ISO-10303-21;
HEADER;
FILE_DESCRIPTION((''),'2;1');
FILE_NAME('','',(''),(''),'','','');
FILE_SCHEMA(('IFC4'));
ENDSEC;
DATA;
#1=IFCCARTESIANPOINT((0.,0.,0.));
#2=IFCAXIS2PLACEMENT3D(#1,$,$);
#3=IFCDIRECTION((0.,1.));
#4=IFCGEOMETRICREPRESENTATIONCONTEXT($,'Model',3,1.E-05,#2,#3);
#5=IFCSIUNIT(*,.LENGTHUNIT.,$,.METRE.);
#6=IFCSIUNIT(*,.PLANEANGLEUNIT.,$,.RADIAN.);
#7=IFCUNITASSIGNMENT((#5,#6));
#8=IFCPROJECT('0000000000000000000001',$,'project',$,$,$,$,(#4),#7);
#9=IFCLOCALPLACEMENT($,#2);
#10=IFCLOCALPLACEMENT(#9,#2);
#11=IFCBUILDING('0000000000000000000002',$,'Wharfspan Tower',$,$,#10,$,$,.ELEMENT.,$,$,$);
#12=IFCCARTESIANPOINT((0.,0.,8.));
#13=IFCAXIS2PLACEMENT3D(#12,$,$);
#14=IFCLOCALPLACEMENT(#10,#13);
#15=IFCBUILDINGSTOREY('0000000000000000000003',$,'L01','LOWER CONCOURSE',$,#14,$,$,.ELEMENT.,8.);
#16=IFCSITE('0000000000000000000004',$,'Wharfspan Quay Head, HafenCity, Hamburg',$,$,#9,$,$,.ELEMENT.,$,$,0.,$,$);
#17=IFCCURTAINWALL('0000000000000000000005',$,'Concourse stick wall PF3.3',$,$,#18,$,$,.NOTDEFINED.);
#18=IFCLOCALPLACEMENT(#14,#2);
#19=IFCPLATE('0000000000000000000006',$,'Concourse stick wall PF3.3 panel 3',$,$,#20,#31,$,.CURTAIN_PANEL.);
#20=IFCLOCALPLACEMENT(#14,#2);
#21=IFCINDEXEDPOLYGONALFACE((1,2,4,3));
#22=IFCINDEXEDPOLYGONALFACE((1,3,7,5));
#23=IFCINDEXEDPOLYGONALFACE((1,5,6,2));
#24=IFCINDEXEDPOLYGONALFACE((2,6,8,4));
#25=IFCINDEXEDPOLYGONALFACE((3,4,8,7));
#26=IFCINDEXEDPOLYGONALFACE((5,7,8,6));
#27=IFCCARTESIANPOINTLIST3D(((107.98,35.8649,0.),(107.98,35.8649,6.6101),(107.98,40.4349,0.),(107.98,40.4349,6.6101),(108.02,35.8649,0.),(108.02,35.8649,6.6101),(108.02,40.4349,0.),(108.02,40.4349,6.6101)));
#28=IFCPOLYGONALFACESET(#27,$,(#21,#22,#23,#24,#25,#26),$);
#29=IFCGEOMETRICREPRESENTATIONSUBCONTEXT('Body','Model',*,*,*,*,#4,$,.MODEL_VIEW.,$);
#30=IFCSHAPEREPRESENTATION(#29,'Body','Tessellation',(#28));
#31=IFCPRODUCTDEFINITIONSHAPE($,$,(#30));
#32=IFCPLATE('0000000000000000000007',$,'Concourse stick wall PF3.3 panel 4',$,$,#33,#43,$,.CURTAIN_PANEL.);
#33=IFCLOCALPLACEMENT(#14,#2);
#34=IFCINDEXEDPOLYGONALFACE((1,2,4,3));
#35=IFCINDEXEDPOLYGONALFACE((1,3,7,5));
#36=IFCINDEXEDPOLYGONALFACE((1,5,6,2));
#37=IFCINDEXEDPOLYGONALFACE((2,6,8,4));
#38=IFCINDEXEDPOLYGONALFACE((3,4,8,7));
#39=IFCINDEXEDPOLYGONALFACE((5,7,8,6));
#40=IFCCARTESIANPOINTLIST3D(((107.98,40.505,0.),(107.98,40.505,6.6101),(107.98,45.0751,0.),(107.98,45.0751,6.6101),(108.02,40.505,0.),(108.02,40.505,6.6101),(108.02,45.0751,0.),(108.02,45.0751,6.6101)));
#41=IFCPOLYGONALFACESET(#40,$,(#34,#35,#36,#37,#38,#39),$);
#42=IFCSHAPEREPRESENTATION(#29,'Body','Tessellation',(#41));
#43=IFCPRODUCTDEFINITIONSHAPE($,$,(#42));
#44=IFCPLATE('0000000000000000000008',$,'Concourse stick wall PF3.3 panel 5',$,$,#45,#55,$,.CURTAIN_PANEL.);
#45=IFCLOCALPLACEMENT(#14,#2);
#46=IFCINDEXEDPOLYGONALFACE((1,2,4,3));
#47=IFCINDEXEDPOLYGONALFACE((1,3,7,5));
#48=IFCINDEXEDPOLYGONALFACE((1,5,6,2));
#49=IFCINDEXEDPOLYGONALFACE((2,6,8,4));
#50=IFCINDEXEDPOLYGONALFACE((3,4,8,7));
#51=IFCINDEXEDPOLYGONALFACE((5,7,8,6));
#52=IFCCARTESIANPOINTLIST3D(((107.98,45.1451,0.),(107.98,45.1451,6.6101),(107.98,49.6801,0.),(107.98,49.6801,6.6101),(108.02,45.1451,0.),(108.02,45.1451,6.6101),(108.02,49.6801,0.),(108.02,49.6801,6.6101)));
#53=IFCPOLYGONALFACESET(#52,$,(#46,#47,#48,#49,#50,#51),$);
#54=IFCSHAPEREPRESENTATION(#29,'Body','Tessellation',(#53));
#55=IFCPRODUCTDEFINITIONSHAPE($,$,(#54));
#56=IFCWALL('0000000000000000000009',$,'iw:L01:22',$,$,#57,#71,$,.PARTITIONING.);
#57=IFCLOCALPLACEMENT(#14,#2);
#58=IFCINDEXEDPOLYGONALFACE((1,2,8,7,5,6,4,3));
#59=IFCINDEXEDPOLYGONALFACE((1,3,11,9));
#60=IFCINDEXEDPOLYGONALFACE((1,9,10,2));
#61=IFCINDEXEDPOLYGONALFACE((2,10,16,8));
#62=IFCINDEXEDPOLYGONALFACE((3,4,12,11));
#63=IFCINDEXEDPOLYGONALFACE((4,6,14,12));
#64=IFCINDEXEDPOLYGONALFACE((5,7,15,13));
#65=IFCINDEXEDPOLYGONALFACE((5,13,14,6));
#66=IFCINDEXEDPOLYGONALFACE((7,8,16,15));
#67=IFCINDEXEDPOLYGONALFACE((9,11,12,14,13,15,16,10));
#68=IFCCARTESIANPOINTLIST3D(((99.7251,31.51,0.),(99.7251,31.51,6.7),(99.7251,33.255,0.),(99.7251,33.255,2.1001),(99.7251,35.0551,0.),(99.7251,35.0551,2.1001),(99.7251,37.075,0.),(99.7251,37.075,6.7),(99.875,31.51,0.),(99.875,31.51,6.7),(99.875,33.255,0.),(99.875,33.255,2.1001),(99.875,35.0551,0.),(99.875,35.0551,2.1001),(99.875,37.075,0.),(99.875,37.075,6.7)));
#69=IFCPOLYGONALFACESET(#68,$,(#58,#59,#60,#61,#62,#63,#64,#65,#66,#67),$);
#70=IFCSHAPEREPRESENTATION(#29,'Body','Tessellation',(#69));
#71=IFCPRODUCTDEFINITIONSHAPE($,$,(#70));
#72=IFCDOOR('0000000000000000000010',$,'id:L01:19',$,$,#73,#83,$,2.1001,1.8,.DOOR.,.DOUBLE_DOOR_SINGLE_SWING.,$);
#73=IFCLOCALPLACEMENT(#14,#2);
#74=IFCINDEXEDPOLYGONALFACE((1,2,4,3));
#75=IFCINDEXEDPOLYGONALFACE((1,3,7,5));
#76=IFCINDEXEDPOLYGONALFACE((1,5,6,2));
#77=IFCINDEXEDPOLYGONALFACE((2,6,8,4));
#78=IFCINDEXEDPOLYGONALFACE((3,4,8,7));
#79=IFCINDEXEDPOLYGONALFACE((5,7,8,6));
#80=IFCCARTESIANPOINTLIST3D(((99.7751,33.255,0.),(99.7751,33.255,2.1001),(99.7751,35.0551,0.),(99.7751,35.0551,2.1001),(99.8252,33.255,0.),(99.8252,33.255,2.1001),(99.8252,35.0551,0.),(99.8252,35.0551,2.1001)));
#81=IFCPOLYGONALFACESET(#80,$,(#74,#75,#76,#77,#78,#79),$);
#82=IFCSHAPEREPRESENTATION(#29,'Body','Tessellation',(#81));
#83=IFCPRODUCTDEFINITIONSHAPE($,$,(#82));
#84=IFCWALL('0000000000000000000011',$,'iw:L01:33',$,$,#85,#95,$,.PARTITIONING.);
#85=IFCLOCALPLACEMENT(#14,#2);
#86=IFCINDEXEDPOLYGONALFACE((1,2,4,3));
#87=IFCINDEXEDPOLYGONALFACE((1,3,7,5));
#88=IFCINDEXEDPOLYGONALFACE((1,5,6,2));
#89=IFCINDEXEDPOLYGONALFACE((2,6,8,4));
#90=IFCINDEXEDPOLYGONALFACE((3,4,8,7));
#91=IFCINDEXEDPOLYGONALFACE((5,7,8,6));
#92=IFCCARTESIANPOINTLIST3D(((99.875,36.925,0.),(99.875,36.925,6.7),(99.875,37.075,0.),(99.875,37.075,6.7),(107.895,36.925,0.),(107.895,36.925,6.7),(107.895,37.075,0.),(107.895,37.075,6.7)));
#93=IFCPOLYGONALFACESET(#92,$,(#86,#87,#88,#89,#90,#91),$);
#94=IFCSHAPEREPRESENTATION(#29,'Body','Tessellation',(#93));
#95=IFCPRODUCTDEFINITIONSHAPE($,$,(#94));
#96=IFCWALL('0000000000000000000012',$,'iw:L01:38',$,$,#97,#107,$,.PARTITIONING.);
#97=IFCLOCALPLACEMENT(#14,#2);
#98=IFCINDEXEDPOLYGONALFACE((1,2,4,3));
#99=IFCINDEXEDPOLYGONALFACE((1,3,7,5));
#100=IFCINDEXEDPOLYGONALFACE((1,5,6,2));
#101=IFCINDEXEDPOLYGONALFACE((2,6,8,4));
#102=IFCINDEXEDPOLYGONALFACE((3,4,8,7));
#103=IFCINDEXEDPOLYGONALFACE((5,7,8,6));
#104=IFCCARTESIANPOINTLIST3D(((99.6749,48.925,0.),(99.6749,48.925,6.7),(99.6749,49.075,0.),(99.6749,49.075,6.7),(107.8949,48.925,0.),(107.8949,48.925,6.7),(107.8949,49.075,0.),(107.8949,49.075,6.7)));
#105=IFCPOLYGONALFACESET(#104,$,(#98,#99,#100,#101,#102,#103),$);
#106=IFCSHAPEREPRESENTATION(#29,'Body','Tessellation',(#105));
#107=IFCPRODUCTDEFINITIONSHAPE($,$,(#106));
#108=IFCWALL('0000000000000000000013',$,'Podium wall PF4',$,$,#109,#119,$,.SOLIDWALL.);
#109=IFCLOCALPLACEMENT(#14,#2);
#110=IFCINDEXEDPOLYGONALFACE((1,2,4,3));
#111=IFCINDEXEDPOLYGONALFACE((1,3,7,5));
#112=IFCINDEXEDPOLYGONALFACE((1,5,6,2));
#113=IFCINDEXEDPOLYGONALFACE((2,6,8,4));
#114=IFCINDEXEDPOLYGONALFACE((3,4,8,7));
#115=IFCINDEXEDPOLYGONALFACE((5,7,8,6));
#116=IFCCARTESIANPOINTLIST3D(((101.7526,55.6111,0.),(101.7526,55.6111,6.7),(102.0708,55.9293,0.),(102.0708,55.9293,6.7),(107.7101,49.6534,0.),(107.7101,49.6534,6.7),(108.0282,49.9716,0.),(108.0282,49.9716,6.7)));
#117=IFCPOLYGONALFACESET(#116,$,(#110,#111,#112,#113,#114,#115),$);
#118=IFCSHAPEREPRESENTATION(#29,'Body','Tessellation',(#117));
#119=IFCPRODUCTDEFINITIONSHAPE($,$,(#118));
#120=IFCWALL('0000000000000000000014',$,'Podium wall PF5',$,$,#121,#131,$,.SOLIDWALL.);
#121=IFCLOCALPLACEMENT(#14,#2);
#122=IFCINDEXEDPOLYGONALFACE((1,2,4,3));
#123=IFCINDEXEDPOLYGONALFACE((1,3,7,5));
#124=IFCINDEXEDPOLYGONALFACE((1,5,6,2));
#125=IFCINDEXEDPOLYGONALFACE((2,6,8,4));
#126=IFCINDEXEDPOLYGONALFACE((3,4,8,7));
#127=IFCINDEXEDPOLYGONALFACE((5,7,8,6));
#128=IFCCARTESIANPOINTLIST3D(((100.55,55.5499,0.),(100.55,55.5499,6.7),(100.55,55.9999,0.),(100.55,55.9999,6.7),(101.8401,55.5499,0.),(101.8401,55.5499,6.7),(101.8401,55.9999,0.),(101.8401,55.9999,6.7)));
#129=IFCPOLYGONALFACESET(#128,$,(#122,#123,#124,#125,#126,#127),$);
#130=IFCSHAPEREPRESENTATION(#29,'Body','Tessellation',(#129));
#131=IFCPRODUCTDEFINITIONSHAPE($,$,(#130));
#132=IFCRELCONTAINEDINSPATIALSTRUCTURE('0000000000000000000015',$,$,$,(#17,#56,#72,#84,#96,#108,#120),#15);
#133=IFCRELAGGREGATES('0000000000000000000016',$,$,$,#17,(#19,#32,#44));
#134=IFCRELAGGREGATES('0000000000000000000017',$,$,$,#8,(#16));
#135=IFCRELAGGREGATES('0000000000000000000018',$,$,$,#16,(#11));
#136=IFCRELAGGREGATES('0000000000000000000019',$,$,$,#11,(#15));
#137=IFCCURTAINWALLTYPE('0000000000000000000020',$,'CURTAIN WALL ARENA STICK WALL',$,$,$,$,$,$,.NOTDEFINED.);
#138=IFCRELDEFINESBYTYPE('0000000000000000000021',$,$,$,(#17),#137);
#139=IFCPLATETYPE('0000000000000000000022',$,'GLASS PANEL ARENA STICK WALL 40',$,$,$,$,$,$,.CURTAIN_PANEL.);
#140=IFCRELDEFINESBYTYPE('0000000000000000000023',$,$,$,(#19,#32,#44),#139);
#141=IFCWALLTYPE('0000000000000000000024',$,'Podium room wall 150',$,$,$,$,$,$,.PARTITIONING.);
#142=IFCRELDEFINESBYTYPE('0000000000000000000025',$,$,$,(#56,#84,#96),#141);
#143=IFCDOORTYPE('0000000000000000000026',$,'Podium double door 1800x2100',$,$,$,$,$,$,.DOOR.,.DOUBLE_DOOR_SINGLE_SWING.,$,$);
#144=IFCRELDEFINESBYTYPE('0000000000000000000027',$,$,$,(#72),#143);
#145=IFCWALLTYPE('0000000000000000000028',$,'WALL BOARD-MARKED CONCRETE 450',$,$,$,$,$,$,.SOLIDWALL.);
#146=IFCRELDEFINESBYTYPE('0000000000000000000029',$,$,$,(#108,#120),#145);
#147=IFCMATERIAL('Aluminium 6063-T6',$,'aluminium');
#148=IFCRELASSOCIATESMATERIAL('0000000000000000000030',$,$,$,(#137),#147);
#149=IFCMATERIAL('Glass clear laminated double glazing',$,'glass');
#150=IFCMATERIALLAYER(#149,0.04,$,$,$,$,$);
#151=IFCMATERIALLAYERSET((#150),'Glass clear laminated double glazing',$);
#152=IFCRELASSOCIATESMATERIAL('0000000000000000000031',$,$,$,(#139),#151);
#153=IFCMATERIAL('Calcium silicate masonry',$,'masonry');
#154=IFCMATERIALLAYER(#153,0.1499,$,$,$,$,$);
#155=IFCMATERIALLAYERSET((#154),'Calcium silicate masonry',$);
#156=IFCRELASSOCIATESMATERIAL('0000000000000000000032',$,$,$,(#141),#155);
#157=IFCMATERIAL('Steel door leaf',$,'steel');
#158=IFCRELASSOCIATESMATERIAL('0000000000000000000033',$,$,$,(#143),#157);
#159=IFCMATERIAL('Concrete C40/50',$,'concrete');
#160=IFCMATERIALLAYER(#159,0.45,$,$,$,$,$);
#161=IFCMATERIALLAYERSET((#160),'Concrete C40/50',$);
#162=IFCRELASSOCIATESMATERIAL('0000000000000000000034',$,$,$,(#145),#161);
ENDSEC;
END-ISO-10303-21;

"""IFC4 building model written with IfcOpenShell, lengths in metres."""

from ifc_helpers import new_model, si_unit, direction, frame, frame_2d, origin, origin_2d, place, context, subcontext, project, spatial, rectangle, extrude, material, layer, layer_set, type_object, element, fill, aggregate, save


model = new_model("IFC4")

# Units and contexts
model_context = context("Model", 3, precision=1e-05, world=origin(), true_north=direction((0.0, 1.0)))
body_context = subcontext(model_context, "Body", "Model", "MODEL_VIEW")
ifc_project = project(units=[si_unit("LENGTHUNIT", "METRE"), si_unit("PLANEANGLEUNIT", "RADIAN")], contexts=[model_context])

# Site, building, storey
site_placement = place(None, origin())
site = spatial("IfcSite", under=ifc_project, at=site_placement, Name="Wharfspan Quay Head, HafenCity, Hamburg", CompositionType="ELEMENT", RefElevation=0.0)
building_placement = place(site_placement, origin())
building = spatial("IfcBuilding", under=site, at=building_placement, Name="Wharfspan Tower", CompositionType="ELEMENT")
storey_placement = place(building_placement, frame((0.0, 0.0, 8.0)))
storey = spatial("IfcBuildingStorey", under=building, at=storey_placement, Name="L01", Description="LOWER CONCOURSE", CompositionType="ELEMENT", Elevation=8.0)

# Curtain wall, plates
ifc_material_1 = material(Name="Aluminium 6063-T6", Category="aluminium")
curtain_wall_type = type_object("IfcCurtainWallType", Name="CURTAIN WALL ARENA STICK WALL", PredefinedType="NOTDEFINED", material=ifc_material_1)
curtain_wall_placement = place(storey_placement, origin())
curtain_wall = element("IfcCurtainWall", 1, at=curtain_wall_placement, inside=storey, type_object=curtain_wall_type, Name="Concourse stick wall PF3.3", PredefinedType="NOTDEFINED")
ifc_material_2 = material(Name="Glass clear laminated double glazing", Category="glass")
ifc_layer_1 = layer(ifc_material_2, 0.04)
ifc_layer_set_1 = layer_set([ifc_layer_1], Name="Glass clear laminated double glazing")
plate_type = type_object("IfcPlateType", Name="GLASS PANEL ARENA STICK WALL 40", PredefinedType="CURTAIN_PANEL", material=ifc_layer_set_1)
plate_1_placement = place(storey_placement, frame((108.0, 38.1499, 0.0), z_axis=(0.0, 0.0, 1.0), x_axis=(0.0, 1.0, 0.0)))
plate_1 = element("IfcPlate", 2, at=plate_1_placement, type_object=plate_type, Name="Concourse stick wall PF3.3 panel 3", PredefinedType="CURTAIN_PANEL", context=body_context, shape_type="SweptSolid", body=[
    extrude(rectangle(XDim=4.5701, YDim=0.04, at=origin_2d()), origin(), (0.0, 0.0, 1.0), 6.6101),
])
plate_2_placement = place(storey_placement, frame((108.0, 42.79, 0.0), z_axis=(0.0, 0.0, 1.0), x_axis=(0.0, 1.0, 0.0)))
plate_2 = element("IfcPlate", 3, at=plate_2_placement, type_object=plate_type, Name="Concourse stick wall PF3.3 panel 4", PredefinedType="CURTAIN_PANEL", context=body_context, shape_type="SweptSolid", body=[
    extrude(rectangle(XDim=4.5701, YDim=0.04, at=origin_2d()), origin(), (0.0, 0.0, 1.0), 6.6101),
])
plate_3_placement = place(storey_placement, frame((108.0, 47.4126, 0.0), z_axis=(0.0, 0.0, 1.0), x_axis=(0.0, 1.0, 0.0)))
plate_3 = element("IfcPlate", 4, at=plate_3_placement, type_object=plate_type, Name="Concourse stick wall PF3.3 panel 5", PredefinedType="CURTAIN_PANEL", context=body_context, shape_type="SweptSolid", body=[
    extrude(rectangle(XDim=4.5349, YDim=0.04, at=origin_2d()), origin(), (0.0, 0.0, 1.0), 6.6101),
])
aggregate(curtain_wall, [plate_1, plate_2, plate_3])

# Wall, opening, door
ifc_material_3 = material(Name="Calcium silicate masonry", Category="masonry")
ifc_layer_2 = layer(ifc_material_3, 0.1499)
ifc_layer_set_2 = layer_set([ifc_layer_2], Name="Calcium silicate masonry")
wall_type_1 = type_object("IfcWallType", Name="Podium room wall 150", PredefinedType="PARTITIONING", material=ifc_layer_set_2)
wall_1_placement = place(storey_placement, frame((99.8, 31.51, 0.0), z_axis=(0.0, 0.0, 1.0), x_axis=(0.0, 1.0, 0.0)))
wall_1 = element("IfcWall", 5, at=wall_1_placement, inside=storey, type_object=wall_type_1, Name="iw:L01:22", PredefinedType="PARTITIONING", context=body_context, shape_type="SweptSolid", body=[
    extrude(rectangle(XDim=5.5649, YDim=0.1499, at=frame_2d((2.7825, 0.0))), origin(), (0.0, 0.0, 1.0), 6.7),
])
opening_placement = place(wall_1_placement, frame((1.7451, 0.0, 0.0)))
opening = element("IfcOpeningElement", 6, at=opening_placement, cuts=wall_1, PredefinedType="OPENING", context=body_context, shape_type="SweptSolid", body=[
    extrude(rectangle(XDim=1.8, YDim=2.1001, at=frame_2d((0.8999, 1.05))), frame((0.0, 0.085, 0.0), z_axis=(0.0, -1.0, 0.0), x_axis=(1.0, 0.0, 0.0)), (0.0, 0.0, 1.0), 0.1699),
])
ifc_material_4 = material(Name="Steel door leaf", Category="steel")
door_type = type_object("IfcDoorType", Name="Podium double door 1800x2100", OperationType="DOUBLE_DOOR_SINGLE_SWING", PredefinedType="DOOR", material=ifc_material_4)
door_placement = place(opening_placement, origin())
door = element("IfcDoor", 7, at=door_placement, inside=storey, type_object=door_type, Name="id:L01:19", OperationType="DOUBLE_DOOR_SINGLE_SWING", OverallHeight=2.1001, OverallWidth=1.8, PredefinedType="DOOR", context=body_context, shape_type="SweptSolid", body=[
    extrude(rectangle(XDim=1.8, YDim=2.1001, at=frame_2d((0.8999, 1.05))), frame((0.0, 0.0249, 0.0), z_axis=(0.0, -1.0, 0.0), x_axis=(1.0, 0.0, 0.0)), (0.0, 0.0, 1.0), 0.05),
])
fill(opening, door)

# Walls
wall_2_placement = place(storey_placement, frame((99.875, 37.0, 0.0), z_axis=(0.0, 0.0, 1.0), x_axis=(1.0, 0.0, 0.0)))
element("IfcWall", 8, at=wall_2_placement, inside=storey, type_object=wall_type_1, Name="iw:L01:33", PredefinedType="PARTITIONING", context=body_context, shape_type="SweptSolid", body=[
    extrude(rectangle(XDim=8.02, YDim=0.1499, at=frame_2d((4.01, 0.0))), origin(), (0.0, 0.0, 1.0), 6.7),
])
wall_3_placement = place(storey_placement, frame((99.675, 49.0, 0.0), z_axis=(0.0, 0.0, 1.0), x_axis=(1.0, 0.0, 0.0)))
element("IfcWall", 9, at=wall_3_placement, inside=storey, type_object=wall_type_1, Name="iw:L01:38", PredefinedType="PARTITIONING", context=body_context, shape_type="SweptSolid", body=[
    extrude(rectangle(XDim=8.22, YDim=0.1499, at=frame_2d((4.1099, 0.0))), origin(), (0.0, 0.0, 1.0), 6.7),
])
ifc_material_5 = material(Name="Concrete C40/50", Category="concrete")
ifc_layer_3 = layer(ifc_material_5, 0.45)
ifc_layer_set_3 = layer_set([ifc_layer_3], Name="Concrete C40/50")
wall_type_2 = type_object("IfcWallType", Name="WALL BOARD-MARKED CONCRETE 450", PredefinedType="SOLIDWALL", material=ifc_layer_set_3)
wall_4_placement = place(storey_placement, frame((107.8691, 49.8125, 0.0), z_axis=(0.0, 0.0, 1.0), x_axis=(-0.707092, 0.707121, 0.0)))
element("IfcWall", 10, at=wall_4_placement, inside=storey, type_object=wall_type_2, Name="Podium wall PF4", PredefinedType="SOLIDWALL", context=body_context, shape_type="SweptSolid", body=[
    extrude(rectangle(XDim=8.4253, YDim=0.45, at=frame_2d((4.2126, 0.0))), origin(), (0.0, 0.0, 1.0), 6.7),
])
wall_5_placement = place(storey_placement, frame((101.8401, 55.7749, 0.0), z_axis=(0.0, 0.0, 1.0), x_axis=(-1.0, 0.0, 0.0)))
element("IfcWall", 11, at=wall_5_placement, inside=storey, type_object=wall_type_2, Name="Podium wall PF5", PredefinedType="SOLIDWALL", context=body_context, shape_type="SweptSolid", body=[
    extrude(rectangle(XDim=1.29, YDim=0.45, at=frame_2d((0.645, 0.0))), origin(), (0.0, 0.0, 1.0), 6.7),
])

save(model, "model.ifc")
